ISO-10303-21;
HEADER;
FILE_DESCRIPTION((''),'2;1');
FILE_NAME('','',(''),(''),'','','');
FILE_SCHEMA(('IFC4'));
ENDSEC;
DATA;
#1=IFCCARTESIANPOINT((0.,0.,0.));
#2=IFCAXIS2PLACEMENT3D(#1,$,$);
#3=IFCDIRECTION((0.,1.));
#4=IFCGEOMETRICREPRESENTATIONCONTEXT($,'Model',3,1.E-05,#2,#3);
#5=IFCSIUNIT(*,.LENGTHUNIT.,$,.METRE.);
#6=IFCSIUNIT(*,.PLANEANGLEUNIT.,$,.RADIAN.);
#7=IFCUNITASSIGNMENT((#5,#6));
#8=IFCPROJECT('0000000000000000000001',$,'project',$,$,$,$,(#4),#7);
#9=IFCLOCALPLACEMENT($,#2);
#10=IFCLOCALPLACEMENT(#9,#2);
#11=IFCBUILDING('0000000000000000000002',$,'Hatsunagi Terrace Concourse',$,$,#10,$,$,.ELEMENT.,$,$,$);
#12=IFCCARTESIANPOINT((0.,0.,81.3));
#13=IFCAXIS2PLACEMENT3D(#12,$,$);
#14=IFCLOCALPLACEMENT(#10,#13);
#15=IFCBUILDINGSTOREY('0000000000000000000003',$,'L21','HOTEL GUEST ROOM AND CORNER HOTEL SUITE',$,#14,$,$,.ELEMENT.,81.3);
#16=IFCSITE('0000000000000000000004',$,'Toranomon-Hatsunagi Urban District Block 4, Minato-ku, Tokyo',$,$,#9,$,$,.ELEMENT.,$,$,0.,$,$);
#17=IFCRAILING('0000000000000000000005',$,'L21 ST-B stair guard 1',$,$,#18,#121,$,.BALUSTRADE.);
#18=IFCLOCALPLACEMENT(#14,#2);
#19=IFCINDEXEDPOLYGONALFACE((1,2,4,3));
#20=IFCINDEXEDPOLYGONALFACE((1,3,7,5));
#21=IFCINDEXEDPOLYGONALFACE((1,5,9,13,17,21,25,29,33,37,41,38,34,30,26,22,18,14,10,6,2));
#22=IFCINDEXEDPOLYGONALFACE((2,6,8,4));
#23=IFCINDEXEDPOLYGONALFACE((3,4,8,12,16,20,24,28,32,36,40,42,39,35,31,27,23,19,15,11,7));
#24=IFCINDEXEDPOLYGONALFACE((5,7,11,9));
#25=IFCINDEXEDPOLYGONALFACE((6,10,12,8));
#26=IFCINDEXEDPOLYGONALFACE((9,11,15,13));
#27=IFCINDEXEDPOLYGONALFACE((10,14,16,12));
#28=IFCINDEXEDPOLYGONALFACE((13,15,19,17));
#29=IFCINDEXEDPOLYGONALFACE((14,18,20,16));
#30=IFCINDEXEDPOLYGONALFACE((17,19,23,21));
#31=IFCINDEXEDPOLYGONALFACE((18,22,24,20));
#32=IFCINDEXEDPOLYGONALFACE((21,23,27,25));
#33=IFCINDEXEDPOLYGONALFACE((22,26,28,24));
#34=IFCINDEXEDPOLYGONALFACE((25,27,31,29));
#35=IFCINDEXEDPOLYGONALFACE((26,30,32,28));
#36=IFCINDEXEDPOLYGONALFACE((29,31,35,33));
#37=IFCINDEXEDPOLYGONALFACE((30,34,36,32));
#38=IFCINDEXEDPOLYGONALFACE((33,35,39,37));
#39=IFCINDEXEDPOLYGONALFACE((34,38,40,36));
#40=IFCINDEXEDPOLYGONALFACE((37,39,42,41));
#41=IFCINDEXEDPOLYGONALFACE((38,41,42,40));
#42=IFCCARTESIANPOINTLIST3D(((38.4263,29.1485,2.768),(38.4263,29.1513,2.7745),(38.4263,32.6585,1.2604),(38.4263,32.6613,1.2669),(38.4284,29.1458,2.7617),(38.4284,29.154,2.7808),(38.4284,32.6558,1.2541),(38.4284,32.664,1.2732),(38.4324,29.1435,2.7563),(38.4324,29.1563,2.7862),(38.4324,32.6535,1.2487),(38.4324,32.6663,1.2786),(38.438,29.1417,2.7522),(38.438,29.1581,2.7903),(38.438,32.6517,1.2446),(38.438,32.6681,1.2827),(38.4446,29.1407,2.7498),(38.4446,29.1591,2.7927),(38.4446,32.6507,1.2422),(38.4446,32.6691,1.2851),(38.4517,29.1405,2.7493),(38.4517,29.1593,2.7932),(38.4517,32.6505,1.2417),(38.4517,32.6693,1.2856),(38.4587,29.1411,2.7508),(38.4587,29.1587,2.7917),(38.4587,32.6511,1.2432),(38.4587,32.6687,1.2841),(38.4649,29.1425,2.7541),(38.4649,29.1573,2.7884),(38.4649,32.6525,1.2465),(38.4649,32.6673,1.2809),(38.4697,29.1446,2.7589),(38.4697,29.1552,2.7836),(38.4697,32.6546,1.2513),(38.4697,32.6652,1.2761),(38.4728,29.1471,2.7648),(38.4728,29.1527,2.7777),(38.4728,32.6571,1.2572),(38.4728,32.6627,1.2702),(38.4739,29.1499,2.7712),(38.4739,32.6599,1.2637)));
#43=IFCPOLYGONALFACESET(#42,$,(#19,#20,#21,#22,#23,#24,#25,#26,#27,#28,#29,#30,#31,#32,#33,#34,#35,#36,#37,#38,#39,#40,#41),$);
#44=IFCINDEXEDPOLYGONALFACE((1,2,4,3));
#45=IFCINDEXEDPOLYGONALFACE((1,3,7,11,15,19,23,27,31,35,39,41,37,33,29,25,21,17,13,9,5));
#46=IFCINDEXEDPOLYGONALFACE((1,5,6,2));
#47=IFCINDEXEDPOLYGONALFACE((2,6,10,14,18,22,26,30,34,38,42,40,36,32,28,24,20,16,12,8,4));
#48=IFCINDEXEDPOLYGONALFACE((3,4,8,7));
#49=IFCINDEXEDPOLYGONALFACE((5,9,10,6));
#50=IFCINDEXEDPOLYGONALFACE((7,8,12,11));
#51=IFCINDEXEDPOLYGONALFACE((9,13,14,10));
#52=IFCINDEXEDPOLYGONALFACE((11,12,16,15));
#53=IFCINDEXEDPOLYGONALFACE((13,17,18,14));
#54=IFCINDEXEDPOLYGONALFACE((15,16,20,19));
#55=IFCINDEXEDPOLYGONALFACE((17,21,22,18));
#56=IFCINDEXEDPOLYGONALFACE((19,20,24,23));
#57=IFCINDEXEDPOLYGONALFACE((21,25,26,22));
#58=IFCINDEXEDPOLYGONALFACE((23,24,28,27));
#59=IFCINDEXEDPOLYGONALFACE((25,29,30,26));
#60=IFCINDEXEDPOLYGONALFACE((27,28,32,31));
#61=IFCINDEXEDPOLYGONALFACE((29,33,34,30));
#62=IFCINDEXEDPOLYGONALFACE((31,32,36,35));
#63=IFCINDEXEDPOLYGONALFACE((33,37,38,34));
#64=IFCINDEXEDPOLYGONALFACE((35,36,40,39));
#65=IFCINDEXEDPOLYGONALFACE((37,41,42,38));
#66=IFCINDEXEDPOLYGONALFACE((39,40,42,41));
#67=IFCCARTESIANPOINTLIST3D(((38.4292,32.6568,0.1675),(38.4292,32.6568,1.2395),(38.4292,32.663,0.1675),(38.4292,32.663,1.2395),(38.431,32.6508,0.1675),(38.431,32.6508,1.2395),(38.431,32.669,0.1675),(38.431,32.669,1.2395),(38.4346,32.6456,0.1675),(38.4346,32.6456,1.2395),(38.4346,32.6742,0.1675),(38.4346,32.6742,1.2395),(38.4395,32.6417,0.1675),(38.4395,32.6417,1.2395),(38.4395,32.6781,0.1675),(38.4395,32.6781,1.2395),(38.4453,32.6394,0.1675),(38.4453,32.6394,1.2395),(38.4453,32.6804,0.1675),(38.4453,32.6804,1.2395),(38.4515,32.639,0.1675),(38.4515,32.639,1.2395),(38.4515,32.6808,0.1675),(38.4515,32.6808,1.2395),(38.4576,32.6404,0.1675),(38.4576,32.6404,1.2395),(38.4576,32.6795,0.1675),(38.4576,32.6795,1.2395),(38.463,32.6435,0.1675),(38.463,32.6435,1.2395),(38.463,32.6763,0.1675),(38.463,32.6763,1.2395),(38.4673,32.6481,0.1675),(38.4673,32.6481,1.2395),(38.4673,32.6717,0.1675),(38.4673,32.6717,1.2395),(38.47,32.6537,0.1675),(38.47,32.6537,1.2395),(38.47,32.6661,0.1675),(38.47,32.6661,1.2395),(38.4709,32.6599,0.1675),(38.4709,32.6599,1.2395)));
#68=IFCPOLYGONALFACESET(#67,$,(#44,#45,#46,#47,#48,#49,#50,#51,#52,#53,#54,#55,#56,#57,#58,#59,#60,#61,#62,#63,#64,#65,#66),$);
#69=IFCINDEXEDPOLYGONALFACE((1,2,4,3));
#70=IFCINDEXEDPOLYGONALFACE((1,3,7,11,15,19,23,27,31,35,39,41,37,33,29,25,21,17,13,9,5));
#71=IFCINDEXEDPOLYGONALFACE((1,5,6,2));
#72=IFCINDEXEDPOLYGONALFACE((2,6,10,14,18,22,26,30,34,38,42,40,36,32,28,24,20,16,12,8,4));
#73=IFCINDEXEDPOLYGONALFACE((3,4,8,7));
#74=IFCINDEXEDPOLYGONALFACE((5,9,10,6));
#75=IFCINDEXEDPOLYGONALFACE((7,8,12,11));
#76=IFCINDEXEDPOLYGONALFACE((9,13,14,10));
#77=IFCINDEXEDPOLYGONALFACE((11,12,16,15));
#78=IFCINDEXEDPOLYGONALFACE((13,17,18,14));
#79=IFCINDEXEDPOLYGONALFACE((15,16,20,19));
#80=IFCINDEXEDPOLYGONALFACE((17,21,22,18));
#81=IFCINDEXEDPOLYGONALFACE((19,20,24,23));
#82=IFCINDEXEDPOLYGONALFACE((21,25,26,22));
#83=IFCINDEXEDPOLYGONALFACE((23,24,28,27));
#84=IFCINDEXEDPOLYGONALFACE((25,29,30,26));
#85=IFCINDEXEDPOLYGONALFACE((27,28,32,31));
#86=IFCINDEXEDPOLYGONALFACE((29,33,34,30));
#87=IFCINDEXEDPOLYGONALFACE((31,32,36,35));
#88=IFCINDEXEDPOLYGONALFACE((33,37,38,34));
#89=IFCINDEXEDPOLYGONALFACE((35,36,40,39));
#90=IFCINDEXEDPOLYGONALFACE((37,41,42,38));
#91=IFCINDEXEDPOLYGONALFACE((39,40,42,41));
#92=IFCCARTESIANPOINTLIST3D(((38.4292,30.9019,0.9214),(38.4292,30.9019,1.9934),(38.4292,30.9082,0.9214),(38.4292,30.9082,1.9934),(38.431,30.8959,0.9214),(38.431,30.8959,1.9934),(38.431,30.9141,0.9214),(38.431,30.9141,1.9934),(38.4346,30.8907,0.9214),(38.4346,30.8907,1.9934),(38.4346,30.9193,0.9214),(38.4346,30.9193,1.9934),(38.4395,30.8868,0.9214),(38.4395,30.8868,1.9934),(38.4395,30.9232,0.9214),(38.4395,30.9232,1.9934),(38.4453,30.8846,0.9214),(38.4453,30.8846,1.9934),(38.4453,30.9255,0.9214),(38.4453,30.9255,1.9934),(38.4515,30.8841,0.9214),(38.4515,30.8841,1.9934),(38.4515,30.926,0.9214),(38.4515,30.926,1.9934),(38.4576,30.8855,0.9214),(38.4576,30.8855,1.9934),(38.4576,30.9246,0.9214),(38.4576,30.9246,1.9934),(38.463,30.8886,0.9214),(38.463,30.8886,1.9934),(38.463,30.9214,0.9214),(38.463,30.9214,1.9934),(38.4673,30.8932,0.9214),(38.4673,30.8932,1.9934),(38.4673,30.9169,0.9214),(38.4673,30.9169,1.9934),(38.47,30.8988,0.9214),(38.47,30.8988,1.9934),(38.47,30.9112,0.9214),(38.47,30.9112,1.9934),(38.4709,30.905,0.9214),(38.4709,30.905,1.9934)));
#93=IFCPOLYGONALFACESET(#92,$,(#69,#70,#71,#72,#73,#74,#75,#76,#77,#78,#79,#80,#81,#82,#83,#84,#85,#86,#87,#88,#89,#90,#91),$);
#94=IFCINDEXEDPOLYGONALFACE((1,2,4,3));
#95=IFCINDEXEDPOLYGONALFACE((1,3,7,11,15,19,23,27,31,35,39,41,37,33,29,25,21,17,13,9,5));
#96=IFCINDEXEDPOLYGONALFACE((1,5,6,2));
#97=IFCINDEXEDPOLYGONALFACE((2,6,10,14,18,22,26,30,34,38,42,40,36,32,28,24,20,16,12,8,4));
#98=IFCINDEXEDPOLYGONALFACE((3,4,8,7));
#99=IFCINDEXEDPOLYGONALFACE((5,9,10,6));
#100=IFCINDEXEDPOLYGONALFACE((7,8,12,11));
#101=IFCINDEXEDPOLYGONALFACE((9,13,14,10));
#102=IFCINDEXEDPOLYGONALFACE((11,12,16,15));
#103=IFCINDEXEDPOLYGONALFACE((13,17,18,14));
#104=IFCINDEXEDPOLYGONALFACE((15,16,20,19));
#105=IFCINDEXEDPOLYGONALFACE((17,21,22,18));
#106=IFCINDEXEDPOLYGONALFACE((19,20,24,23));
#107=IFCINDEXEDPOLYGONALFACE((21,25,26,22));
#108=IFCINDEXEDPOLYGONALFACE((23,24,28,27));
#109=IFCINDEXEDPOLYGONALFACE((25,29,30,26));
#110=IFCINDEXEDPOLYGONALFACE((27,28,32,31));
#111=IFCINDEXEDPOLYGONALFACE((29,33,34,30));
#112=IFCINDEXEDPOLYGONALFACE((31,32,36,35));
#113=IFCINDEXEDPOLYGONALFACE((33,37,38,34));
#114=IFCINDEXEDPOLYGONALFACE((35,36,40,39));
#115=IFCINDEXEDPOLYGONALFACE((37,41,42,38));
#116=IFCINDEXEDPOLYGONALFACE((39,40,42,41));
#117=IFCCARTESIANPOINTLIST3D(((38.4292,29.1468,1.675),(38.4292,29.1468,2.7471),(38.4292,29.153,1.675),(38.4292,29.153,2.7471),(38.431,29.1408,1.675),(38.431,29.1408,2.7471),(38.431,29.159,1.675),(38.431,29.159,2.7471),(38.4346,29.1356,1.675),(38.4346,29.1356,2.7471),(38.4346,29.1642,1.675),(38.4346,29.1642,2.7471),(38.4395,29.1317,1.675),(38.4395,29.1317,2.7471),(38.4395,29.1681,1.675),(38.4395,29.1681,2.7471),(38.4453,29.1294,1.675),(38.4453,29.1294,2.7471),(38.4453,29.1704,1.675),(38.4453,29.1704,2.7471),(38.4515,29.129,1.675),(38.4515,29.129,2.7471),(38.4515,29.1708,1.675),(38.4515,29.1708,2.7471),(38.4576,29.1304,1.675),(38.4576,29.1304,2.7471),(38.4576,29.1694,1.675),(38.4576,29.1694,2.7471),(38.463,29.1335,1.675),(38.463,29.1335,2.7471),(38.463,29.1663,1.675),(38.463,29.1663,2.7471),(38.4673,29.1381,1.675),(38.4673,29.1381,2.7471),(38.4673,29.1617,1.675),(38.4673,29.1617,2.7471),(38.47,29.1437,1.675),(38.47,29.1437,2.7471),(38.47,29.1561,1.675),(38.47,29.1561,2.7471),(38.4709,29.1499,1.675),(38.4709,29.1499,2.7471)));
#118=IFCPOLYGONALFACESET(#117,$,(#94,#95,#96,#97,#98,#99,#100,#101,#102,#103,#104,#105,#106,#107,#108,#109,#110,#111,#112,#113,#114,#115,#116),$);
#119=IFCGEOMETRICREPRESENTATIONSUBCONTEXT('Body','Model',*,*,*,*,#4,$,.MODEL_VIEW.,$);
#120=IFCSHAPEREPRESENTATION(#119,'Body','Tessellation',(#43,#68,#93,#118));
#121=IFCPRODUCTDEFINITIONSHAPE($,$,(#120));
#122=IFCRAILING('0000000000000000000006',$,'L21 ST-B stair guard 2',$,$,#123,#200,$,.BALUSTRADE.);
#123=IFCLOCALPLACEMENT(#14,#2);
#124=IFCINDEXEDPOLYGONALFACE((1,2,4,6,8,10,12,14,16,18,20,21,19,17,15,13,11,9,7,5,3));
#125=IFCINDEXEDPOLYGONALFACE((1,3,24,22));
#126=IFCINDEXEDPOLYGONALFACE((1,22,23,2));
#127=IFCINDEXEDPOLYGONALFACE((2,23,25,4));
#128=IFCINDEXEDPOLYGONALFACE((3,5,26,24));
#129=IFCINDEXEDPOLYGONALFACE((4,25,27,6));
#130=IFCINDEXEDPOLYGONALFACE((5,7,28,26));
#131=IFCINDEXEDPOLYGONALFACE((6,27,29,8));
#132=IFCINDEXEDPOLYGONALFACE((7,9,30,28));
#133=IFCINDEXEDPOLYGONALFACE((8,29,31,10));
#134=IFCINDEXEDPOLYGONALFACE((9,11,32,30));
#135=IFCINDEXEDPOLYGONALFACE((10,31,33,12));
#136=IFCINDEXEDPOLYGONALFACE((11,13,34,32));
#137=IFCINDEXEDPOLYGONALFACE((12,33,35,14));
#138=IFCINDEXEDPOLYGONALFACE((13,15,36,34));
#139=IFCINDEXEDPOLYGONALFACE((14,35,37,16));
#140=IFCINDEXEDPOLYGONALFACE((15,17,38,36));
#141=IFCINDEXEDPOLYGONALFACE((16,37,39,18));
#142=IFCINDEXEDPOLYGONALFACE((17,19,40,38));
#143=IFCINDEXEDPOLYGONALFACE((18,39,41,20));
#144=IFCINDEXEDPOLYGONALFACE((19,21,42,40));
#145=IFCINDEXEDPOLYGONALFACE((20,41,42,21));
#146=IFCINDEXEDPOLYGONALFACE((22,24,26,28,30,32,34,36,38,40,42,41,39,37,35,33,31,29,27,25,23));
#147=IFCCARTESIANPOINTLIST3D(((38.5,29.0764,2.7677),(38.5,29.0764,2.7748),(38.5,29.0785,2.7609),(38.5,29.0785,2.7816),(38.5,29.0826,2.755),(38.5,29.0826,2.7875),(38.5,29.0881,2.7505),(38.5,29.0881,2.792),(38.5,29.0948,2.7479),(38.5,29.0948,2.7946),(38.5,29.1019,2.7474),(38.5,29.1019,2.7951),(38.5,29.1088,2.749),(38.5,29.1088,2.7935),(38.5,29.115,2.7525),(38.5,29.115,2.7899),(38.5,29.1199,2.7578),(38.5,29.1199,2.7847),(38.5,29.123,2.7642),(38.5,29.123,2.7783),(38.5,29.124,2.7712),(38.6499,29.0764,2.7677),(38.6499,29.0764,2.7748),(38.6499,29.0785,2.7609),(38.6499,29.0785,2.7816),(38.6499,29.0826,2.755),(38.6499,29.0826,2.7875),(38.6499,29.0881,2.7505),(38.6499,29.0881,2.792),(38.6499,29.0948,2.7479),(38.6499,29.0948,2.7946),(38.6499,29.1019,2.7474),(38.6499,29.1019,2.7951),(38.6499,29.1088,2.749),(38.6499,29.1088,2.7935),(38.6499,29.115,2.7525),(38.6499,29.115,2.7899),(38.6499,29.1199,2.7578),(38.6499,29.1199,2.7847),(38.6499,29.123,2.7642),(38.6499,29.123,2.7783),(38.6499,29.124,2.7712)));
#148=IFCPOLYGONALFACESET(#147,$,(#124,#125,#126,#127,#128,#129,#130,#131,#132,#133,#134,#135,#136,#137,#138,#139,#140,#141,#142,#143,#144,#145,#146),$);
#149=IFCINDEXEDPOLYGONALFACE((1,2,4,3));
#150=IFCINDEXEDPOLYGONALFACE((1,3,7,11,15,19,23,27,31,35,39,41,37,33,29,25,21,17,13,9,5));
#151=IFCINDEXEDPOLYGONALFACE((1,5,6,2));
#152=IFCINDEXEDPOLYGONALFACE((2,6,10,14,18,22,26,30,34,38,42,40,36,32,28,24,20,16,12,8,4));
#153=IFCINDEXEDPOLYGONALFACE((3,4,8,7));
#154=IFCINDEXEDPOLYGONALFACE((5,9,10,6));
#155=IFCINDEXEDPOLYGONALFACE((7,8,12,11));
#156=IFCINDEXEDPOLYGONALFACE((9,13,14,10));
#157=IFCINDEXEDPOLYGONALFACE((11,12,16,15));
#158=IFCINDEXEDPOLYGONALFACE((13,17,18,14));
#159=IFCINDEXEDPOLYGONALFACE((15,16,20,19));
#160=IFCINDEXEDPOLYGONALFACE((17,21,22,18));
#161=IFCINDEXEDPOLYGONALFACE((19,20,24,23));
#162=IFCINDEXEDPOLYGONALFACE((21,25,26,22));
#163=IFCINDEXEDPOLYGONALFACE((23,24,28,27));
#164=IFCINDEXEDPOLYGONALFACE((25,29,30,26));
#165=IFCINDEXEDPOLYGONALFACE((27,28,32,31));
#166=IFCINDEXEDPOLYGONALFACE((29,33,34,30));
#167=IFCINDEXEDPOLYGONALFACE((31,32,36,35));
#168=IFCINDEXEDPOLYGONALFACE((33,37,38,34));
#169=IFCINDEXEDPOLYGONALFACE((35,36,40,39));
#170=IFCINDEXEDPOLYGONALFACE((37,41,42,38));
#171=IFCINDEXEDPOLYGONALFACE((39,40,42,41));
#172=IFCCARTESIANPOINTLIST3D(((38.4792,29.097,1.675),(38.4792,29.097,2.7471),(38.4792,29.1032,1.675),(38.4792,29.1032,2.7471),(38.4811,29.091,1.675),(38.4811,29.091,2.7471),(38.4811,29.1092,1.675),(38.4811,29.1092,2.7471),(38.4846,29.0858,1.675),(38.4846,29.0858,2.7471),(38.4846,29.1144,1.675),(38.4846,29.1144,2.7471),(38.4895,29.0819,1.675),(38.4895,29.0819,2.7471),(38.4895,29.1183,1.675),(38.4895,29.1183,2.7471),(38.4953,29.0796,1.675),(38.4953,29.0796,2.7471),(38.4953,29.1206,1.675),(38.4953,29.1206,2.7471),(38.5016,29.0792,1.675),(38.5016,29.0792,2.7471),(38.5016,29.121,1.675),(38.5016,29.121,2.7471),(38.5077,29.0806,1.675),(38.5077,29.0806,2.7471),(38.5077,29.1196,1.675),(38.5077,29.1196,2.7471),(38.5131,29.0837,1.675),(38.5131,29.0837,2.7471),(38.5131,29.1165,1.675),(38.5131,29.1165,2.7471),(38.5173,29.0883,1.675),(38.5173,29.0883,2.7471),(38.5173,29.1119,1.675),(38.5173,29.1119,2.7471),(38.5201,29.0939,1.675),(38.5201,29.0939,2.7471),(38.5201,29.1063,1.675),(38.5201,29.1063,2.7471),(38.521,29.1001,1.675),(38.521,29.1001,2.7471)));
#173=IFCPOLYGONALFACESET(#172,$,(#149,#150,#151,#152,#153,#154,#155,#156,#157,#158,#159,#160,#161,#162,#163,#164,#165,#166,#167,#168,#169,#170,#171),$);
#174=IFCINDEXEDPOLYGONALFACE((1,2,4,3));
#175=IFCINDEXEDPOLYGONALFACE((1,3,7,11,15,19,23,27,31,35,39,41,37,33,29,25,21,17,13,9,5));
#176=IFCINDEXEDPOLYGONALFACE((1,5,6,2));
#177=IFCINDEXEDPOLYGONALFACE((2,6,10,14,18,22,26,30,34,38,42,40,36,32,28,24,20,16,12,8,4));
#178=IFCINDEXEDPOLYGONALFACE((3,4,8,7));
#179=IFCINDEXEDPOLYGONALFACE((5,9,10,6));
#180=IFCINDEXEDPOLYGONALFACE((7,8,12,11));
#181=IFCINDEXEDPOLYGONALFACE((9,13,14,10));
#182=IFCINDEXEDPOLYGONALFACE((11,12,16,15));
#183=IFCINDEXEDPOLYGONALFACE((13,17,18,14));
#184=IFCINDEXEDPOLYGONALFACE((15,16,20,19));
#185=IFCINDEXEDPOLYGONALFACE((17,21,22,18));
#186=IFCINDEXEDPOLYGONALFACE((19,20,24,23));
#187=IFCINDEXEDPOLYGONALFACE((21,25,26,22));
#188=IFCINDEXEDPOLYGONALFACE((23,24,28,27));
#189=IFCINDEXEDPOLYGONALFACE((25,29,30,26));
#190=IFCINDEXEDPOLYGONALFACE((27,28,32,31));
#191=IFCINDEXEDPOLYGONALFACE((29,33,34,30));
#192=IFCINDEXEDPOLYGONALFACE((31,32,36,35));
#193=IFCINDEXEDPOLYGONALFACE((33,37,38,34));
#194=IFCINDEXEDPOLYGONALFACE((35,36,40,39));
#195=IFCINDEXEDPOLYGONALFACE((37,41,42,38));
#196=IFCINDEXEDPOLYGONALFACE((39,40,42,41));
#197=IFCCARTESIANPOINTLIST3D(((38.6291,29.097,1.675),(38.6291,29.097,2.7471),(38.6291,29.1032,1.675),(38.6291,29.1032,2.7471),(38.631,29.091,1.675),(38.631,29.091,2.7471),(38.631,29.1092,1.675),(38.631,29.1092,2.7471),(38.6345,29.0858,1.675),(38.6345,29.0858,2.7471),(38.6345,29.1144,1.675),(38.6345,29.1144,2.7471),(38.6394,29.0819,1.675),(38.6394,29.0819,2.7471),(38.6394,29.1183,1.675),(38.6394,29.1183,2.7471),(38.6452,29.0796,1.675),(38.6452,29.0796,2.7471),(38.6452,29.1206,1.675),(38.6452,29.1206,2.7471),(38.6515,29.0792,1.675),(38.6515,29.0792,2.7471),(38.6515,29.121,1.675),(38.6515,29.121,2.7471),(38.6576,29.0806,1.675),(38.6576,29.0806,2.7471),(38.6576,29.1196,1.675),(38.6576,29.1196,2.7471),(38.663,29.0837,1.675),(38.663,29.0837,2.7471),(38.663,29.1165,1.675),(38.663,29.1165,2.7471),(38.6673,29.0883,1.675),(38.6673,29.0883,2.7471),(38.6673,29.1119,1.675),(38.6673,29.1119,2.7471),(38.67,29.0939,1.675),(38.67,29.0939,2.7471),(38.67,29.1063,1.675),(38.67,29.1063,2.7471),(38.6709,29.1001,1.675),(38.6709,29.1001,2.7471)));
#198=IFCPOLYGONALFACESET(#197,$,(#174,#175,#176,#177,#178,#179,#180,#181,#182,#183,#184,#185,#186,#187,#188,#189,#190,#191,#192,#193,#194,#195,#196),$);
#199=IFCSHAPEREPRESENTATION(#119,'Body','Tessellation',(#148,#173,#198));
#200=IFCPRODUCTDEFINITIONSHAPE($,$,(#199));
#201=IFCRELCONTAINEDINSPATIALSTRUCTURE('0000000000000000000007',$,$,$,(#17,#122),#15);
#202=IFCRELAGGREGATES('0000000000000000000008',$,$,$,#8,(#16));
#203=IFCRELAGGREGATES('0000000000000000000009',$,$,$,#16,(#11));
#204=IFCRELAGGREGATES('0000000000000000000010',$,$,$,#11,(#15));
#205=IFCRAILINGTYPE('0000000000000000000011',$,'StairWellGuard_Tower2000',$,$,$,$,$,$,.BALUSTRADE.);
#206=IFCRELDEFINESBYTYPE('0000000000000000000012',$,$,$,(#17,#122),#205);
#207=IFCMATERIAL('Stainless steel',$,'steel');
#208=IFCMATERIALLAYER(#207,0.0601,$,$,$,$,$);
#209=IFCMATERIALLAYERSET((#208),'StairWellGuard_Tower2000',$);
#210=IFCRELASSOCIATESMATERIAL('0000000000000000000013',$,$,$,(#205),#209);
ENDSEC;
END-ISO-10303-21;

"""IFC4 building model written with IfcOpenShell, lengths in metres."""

from ifc_helpers import new_model, si_unit, direction, frame, origin, origin_2d, place, context, subcontext, project, spatial, circle, extrude, material, layer, layer_set, type_object, element, save


model = new_model("IFC4")

# Units and contexts
model_context = context("Model", 3, precision=1e-05, world=origin(), true_north=direction((0.0, 1.0)))
body_context = subcontext(model_context, "Body", "Model", "MODEL_VIEW")
ifc_project = project(units=[si_unit("LENGTHUNIT", "METRE"), si_unit("PLANEANGLEUNIT", "RADIAN")], contexts=[model_context])

# Site, building, storey
site_placement = place(None, origin())
site = spatial("IfcSite", under=ifc_project, at=site_placement, Name="Toranomon-Hatsunagi Urban District Block 4, Minato-ku, Tokyo", CompositionType="ELEMENT", RefElevation=0.0)
building_placement = place(site_placement, origin())
building = spatial("IfcBuilding", under=site, at=building_placement, Name="Hatsunagi Terrace Concourse", CompositionType="ELEMENT")
storey_placement = place(building_placement, frame((0.0, 0.0, 81.3)))
storey = spatial("IfcBuildingStorey", under=building, at=storey_placement, Name="L21", Description="HOTEL GUEST ROOM AND CORNER HOTEL SUITE", CompositionType="ELEMENT", Elevation=81.3)

# Railings
ifc_material_1 = material(Name="Stainless steel", Category="steel")
ifc_layer_1 = layer(ifc_material_1, 0.0601)
ifc_layer_set_1 = layer_set([ifc_layer_1], Name="StairWellGuard_Tower2000")
railing_type_1 = type_object("IfcRailingType", Name="StairWellGuard_Tower2000", PredefinedType="BALUSTRADE", material=ifc_layer_set_1)
railing_1_placement = place(storey_placement, frame((38.45, 32.6599, 0.1675)))
element("IfcRailing", 1, at=railing_1_placement, inside=storey, type_object=railing_type_1, Name="L21 ST-B stair guard 1", PredefinedType="BALUSTRADE", context=body_context, shape_type="SweptSolid", body=[
    extrude(circle(Radius=0.0239, at=origin_2d()), frame((0.0, 0.0, 1.0962), z_axis=(0.0, -0.918834, 0.394644), x_axis=(1.0, 0.0, 0.0)), (0.0, 0.0, 1.0), 3.8201),
    extrude(circle(Radius=0.021, at=origin_2d()), origin(), (0.0, 0.0, 1.0), 1.072),
    extrude(circle(Radius=0.021, at=origin_2d()), frame((0.0, -1.7549, 0.7539)), (0.0, 0.0, 1.0), 1.072),
    extrude(circle(Radius=0.021, at=origin_2d()), frame((0.0, -3.51, 1.5076)), (0.0, 0.0, 1.0), 1.072),
])
railing_2_placement = place(storey_placement, frame((38.5, 29.1001, 1.675)))
element("IfcRailing", 2, at=railing_2_placement, inside=storey, type_object=railing_type_1, Name="L21 ST-B stair guard 2", PredefinedType="BALUSTRADE", context=body_context, shape_type="SweptSolid", body=[
    extrude(circle(Radius=0.0239, at=origin_2d()), frame((0.0, 0.0, 1.0962), z_axis=(1.0, 0.0, 0.0), x_axis=(0.0, 1.0, 0.0)), (0.0, 0.0, 1.0), 0.1499),
    extrude(circle(Radius=0.021, at=origin_2d()), origin(), (0.0, 0.0, 1.0), 1.072),
    extrude(circle(Radius=0.021, at=origin_2d()), frame((0.1499, 0.0, 0.0)), (0.0, 0.0, 1.0), 1.072),
])

save(model, "model.ifc")
